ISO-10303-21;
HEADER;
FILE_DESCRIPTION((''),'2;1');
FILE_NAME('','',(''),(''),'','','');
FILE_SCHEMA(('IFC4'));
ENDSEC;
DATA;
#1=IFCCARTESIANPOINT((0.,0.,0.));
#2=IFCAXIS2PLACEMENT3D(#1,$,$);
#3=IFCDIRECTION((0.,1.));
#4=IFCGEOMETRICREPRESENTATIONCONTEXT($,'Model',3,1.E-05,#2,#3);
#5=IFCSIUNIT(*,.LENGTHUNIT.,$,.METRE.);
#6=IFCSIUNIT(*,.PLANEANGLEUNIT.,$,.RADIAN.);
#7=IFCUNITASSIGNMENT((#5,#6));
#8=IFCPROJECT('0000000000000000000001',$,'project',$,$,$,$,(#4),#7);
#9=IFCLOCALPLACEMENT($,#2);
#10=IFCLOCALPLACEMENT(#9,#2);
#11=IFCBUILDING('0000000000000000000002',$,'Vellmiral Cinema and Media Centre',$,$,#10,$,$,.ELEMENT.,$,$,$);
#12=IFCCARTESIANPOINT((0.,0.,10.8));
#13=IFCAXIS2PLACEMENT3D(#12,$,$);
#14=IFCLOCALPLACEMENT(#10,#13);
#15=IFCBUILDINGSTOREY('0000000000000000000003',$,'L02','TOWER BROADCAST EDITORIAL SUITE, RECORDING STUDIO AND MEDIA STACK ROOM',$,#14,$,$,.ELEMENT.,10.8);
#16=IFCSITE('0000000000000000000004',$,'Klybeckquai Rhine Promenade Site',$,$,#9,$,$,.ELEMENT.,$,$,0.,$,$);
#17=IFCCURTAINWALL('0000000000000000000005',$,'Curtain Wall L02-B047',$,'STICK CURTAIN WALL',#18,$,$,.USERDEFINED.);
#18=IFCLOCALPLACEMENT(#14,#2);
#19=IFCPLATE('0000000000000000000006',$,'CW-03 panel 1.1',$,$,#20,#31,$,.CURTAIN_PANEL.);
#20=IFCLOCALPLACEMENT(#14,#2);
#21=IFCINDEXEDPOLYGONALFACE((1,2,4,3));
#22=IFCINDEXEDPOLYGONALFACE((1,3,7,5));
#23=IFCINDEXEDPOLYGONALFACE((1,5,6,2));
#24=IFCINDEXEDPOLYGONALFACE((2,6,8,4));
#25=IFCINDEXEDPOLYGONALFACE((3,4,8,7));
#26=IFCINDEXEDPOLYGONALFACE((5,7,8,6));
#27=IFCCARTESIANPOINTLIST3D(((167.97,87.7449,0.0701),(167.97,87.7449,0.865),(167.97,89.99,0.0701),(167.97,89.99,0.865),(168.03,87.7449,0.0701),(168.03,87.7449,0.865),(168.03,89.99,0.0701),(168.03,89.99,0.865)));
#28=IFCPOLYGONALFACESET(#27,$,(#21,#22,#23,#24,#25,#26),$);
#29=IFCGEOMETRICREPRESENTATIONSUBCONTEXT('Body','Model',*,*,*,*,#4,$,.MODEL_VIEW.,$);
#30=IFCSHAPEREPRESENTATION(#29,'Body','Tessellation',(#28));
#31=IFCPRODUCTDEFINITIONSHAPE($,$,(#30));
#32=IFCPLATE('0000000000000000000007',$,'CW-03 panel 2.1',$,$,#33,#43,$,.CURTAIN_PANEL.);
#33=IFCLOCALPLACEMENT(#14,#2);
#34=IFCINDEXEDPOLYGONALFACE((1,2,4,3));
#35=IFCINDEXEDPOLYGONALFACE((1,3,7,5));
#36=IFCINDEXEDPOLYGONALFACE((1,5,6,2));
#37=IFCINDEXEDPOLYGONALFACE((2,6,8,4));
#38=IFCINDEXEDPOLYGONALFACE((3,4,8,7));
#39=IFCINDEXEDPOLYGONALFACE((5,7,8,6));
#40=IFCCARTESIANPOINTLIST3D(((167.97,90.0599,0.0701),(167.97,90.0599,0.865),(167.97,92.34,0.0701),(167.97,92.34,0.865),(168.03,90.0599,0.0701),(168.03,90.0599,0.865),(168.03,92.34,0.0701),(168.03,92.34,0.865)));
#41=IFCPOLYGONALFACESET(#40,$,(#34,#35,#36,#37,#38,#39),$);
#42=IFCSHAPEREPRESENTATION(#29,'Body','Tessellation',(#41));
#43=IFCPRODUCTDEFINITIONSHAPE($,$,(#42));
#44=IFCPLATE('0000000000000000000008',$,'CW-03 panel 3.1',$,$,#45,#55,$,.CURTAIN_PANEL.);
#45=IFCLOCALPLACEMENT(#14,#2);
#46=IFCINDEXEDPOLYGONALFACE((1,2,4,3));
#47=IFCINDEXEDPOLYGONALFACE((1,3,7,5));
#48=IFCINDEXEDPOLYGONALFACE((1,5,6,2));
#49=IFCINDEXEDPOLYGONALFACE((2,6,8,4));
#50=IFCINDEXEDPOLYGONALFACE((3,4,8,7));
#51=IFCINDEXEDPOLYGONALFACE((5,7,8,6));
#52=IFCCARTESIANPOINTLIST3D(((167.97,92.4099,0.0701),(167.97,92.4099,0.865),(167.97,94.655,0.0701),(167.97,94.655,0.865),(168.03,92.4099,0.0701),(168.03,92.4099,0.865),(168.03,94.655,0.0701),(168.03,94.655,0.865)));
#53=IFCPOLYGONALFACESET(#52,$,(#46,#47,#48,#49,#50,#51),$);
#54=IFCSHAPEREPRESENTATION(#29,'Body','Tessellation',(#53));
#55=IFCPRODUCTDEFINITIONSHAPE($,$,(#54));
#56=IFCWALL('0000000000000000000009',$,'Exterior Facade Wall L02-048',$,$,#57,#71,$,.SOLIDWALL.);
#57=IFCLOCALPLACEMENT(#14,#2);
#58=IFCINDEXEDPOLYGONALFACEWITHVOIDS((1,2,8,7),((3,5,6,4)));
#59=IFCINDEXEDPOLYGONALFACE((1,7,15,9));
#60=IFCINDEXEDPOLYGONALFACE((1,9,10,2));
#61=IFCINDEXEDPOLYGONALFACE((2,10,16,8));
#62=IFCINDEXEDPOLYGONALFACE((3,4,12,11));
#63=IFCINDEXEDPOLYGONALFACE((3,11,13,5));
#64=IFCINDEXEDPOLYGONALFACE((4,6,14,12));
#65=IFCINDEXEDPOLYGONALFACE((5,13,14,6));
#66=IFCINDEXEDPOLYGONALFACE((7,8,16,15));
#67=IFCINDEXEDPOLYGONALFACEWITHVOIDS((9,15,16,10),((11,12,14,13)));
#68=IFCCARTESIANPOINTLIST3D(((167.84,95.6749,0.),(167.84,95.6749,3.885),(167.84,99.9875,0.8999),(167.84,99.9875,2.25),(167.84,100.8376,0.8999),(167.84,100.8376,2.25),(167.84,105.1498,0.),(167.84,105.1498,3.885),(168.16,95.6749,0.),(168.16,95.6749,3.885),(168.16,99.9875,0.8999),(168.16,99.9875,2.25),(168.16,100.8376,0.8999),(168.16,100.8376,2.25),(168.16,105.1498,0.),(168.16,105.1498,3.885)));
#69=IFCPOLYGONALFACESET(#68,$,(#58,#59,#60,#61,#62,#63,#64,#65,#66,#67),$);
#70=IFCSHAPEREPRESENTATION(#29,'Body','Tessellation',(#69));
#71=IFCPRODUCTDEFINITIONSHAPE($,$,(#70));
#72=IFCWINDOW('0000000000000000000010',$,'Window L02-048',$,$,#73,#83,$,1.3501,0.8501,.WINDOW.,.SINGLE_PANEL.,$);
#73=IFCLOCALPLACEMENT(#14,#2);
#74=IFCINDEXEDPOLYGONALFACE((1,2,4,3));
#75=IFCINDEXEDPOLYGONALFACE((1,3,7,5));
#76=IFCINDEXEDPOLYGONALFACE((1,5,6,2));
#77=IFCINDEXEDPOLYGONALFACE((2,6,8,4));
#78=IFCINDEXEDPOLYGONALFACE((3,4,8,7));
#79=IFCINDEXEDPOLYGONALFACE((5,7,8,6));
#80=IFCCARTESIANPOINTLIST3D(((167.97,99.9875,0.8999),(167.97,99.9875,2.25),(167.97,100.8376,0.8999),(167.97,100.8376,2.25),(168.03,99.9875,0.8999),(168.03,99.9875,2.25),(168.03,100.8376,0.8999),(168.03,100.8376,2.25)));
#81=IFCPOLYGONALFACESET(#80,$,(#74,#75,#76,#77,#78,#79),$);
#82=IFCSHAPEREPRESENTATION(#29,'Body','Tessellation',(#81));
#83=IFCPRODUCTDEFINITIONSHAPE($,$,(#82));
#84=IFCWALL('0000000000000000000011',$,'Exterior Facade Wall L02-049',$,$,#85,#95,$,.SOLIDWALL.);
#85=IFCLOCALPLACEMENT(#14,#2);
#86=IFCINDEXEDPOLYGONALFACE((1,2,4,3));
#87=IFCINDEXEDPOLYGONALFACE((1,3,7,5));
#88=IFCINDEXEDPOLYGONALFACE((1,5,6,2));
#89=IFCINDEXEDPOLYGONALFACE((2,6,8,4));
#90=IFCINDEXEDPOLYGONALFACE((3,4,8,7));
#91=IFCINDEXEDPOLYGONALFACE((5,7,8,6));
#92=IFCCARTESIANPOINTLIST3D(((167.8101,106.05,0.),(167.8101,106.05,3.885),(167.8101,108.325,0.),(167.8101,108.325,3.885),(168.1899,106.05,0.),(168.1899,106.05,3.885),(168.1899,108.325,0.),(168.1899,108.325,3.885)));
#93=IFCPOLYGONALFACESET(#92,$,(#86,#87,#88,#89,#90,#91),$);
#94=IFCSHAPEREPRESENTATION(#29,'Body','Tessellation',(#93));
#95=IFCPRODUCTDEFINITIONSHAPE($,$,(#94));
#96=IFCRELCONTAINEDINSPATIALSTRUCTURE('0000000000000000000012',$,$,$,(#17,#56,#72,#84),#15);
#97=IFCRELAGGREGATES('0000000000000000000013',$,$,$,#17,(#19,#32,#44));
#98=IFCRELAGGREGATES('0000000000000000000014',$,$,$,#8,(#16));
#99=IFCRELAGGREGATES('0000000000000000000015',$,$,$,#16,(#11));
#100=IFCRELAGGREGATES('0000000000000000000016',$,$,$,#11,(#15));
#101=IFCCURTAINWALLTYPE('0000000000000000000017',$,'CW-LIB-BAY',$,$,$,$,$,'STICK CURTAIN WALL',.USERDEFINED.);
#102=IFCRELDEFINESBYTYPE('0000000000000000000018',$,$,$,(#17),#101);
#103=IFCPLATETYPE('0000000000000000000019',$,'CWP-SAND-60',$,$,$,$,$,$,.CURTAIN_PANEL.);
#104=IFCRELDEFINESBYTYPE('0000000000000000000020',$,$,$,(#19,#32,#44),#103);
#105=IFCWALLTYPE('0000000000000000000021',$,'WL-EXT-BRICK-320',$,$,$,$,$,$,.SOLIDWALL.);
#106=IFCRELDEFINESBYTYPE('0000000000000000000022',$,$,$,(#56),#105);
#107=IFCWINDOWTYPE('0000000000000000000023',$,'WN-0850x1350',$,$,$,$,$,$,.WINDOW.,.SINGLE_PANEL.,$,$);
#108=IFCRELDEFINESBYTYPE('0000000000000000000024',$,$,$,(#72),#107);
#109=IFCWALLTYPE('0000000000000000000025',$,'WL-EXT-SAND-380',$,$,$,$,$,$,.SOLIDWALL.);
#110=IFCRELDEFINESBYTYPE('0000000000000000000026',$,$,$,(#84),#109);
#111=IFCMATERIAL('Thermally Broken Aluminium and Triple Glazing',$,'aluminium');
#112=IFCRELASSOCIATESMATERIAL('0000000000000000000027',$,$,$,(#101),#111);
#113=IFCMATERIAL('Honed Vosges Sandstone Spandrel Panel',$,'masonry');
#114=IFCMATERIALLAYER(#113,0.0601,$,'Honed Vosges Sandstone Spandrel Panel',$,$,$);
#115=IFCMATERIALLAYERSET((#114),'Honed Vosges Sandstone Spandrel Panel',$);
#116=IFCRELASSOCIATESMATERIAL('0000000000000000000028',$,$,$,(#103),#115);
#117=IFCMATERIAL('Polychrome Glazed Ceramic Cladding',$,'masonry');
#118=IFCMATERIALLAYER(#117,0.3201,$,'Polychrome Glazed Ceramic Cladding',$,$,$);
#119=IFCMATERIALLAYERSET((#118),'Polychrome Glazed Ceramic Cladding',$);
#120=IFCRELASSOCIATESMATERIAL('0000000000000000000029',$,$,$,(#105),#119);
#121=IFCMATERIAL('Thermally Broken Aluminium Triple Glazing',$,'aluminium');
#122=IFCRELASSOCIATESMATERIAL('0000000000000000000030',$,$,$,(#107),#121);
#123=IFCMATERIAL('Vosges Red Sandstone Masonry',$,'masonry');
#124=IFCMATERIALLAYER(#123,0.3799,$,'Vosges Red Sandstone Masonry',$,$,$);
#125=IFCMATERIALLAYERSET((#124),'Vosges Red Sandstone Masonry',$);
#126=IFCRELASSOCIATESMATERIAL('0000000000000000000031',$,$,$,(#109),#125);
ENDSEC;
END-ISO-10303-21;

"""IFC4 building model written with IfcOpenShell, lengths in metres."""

from ifc_helpers import new_model, si_unit, direction, frame, frame_2d, origin, origin_2d, place, context, subcontext, project, spatial, rectangle, extrude, material, layer, layer_set, type_object, element, fill, aggregate, save


model = new_model("IFC4")

# Units and contexts
model_context = context("Model", 3, precision=1e-05, world=origin(), true_north=direction((0.0, 1.0)))
body_context = subcontext(model_context, "Body", "Model", "MODEL_VIEW")
ifc_project = project(units=[si_unit("LENGTHUNIT", "METRE"), si_unit("PLANEANGLEUNIT", "RADIAN")], contexts=[model_context])

# Site, building, storey
site_placement = place(None, origin())
site = spatial("IfcSite", under=ifc_project, at=site_placement, Name="Klybeckquai Rhine Promenade Site", CompositionType="ELEMENT", RefElevation=0.0)
building_placement = place(site_placement, origin())
building = spatial("IfcBuilding", under=site, at=building_placement, Name="Vellmiral Cinema and Media Centre", CompositionType="ELEMENT")
storey_placement = place(building_placement, frame((0.0, 0.0, 10.8)))
storey = spatial("IfcBuildingStorey", under=building, at=storey_placement, Name="L02", Description="TOWER BROADCAST EDITORIAL SUITE, RECORDING STUDIO AND MEDIA STACK ROOM", CompositionType="ELEMENT", Elevation=10.8)

# Curtain wall
ifc_material_1 = material(Name="Thermally Broken Aluminium and Triple Glazing", Category="aluminium")
curtain_wall_type = type_object("IfcCurtainWallType", Name="CW-LIB-BAY", ElementType="STICK CURTAIN WALL", PredefinedType="USERDEFINED", material=ifc_material_1)
curtain_wall_placement = place(storey_placement, origin())
curtain_wall = element("IfcCurtainWall", 1, at=curtain_wall_placement, inside=storey, type_object=curtain_wall_type, Name="Curtain Wall L02-B047", ObjectType="STICK CURTAIN WALL", PredefinedType="USERDEFINED")

# Plates
ifc_material_2 = material(Name="Honed Vosges Sandstone Spandrel Panel", Category="masonry")
ifc_layer_1 = layer(ifc_material_2, 0.0601, Name="Honed Vosges Sandstone Spandrel Panel")
ifc_layer_set_1 = layer_set([ifc_layer_1], Name="Honed Vosges Sandstone Spandrel Panel")
plate_type_1 = type_object("IfcPlateType", Name="CWP-SAND-60", PredefinedType="CURTAIN_PANEL", material=ifc_layer_set_1)
plate_1_placement = place(storey_placement, frame((168.0, 88.8674, 0.0701), z_axis=(0.0, 0.0, 1.0), x_axis=(0.0, 1.0, 0.0)))
plate_1 = element("IfcPlate", 2, at=plate_1_placement, type_object=plate_type_1, Name="CW-03 panel 1.1", PredefinedType="CURTAIN_PANEL", context=body_context, shape_type="SweptSolid", body=[
    extrude(rectangle(XDim=2.2451, YDim=0.0601, at=origin_2d()), origin(), (0.0, 0.0, 1.0), 0.7949),
])
plate_2_placement = place(storey_placement, frame((168.0, 91.2, 0.0701), z_axis=(0.0, 0.0, 1.0), x_axis=(0.0, 1.0, 0.0)))
plate_2 = element("IfcPlate", 3, at=plate_2_placement, type_object=plate_type_1, Name="CW-03 panel 2.1", PredefinedType="CURTAIN_PANEL", context=body_context, shape_type="SweptSolid", body=[
    extrude(rectangle(XDim=2.28, YDim=0.0601, at=origin_2d()), origin(), (0.0, 0.0, 1.0), 0.7949),
])
plate_3_placement = place(storey_placement, frame((168.0, 93.5325, 0.0701), z_axis=(0.0, 0.0, 1.0), x_axis=(0.0, 1.0, 0.0)))
plate_3 = element("IfcPlate", 4, at=plate_3_placement, type_object=plate_type_1, Name="CW-03 panel 3.1", PredefinedType="CURTAIN_PANEL", context=body_context, shape_type="SweptSolid", body=[
    extrude(rectangle(XDim=2.2451, YDim=0.0601, at=origin_2d()), origin(), (0.0, 0.0, 1.0), 0.7949),
])
aggregate(curtain_wall, [plate_1, plate_2, plate_3])

# Wall, opening, window
ifc_material_3 = material(Name="Polychrome Glazed Ceramic Cladding", Category="masonry")
ifc_layer_2 = layer(ifc_material_3, 0.3201, Name="Polychrome Glazed Ceramic Cladding")
ifc_layer_set_2 = layer_set([ifc_layer_2], Name="Polychrome Glazed Ceramic Cladding")
wall_type_1 = type_object("IfcWallType", Name="WL-EXT-BRICK-320", PredefinedType="SOLIDWALL", material=ifc_layer_set_2)
wall_1_placement = place(storey_placement, frame((168.0, 95.675, 0.0), z_axis=(0.0, 0.0, 1.0), x_axis=(0.0, 1.0, 0.0)))
wall_1 = element("IfcWall", 5, at=wall_1_placement, inside=storey, type_object=wall_type_1, Name="Exterior Facade Wall L02-048", PredefinedType="SOLIDWALL", context=body_context, shape_type="SweptSolid", body=[
    extrude(rectangle(XDim=9.4749, YDim=0.3201, at=frame_2d((4.7373, 0.0))), origin(), (0.0, 0.0, 1.0), 3.885),
])
opening_placement = place(wall_1_placement, frame((4.3125, 0.0, 0.8999)))
opening = element("IfcOpeningElement", 6, at=opening_placement, cuts=wall_1, PredefinedType="OPENING", context=body_context, shape_type="SweptSolid", body=[
    extrude(rectangle(XDim=0.8501, YDim=1.3501, at=frame_2d((0.425, 0.675))), frame((0.0, 0.1719, 0.0), z_axis=(0.0, -1.0, 0.0), x_axis=(1.0, 0.0, 0.0)), (0.0, 0.0, 1.0), 0.344),
])
ifc_material_4 = material(Name="Thermally Broken Aluminium Triple Glazing", Category="aluminium")
window_type = type_object("IfcWindowType", Name="WN-0850x1350", PartitioningType="SINGLE_PANEL", PredefinedType="WINDOW", material=ifc_material_4)
window_placement = place(opening_placement, origin())
window = element("IfcWindow", 7, at=window_placement, inside=storey, type_object=window_type, Name="Window L02-048", OverallHeight=1.3501, OverallWidth=0.8501, PartitioningType="SINGLE_PANEL", PredefinedType="WINDOW", context=body_context, shape_type="SweptSolid", body=[
    extrude(rectangle(XDim=0.8501, YDim=1.3501, at=frame_2d((0.425, 0.675))), frame((0.0, 0.03, 0.0), z_axis=(0.0, -1.0, 0.0), x_axis=(1.0, 0.0, 0.0)), (0.0, 0.0, 1.0), 0.0601),
])
fill(opening, window)

# Wall
ifc_material_5 = material(Name="Vosges Red Sandstone Masonry", Category="masonry")
ifc_layer_3 = layer(ifc_material_5, 0.3799, Name="Vosges Red Sandstone Masonry")
ifc_layer_set_3 = layer_set([ifc_layer_3], Name="Vosges Red Sandstone Masonry")
wall_type_2 = type_object("IfcWallType", Name="WL-EXT-SAND-380", PredefinedType="SOLIDWALL", material=ifc_layer_set_3)
wall_2_placement = place(storey_placement, frame((168.0, 106.05, 0.0), z_axis=(0.0, 0.0, 1.0), x_axis=(0.0, 1.0, 0.0)))
element("IfcWall", 8, at=wall_2_placement, inside=storey, type_object=wall_type_2, Name="Exterior Facade Wall L02-049", PredefinedType="SOLIDWALL", context=body_context, shape_type="SweptSolid", body=[
    extrude(rectangle(XDim=2.2749, YDim=0.3799, at=frame_2d((1.1375, 0.0))), origin(), (0.0, 0.0, 1.0), 3.885),
])

save(model, "model.ifc")
